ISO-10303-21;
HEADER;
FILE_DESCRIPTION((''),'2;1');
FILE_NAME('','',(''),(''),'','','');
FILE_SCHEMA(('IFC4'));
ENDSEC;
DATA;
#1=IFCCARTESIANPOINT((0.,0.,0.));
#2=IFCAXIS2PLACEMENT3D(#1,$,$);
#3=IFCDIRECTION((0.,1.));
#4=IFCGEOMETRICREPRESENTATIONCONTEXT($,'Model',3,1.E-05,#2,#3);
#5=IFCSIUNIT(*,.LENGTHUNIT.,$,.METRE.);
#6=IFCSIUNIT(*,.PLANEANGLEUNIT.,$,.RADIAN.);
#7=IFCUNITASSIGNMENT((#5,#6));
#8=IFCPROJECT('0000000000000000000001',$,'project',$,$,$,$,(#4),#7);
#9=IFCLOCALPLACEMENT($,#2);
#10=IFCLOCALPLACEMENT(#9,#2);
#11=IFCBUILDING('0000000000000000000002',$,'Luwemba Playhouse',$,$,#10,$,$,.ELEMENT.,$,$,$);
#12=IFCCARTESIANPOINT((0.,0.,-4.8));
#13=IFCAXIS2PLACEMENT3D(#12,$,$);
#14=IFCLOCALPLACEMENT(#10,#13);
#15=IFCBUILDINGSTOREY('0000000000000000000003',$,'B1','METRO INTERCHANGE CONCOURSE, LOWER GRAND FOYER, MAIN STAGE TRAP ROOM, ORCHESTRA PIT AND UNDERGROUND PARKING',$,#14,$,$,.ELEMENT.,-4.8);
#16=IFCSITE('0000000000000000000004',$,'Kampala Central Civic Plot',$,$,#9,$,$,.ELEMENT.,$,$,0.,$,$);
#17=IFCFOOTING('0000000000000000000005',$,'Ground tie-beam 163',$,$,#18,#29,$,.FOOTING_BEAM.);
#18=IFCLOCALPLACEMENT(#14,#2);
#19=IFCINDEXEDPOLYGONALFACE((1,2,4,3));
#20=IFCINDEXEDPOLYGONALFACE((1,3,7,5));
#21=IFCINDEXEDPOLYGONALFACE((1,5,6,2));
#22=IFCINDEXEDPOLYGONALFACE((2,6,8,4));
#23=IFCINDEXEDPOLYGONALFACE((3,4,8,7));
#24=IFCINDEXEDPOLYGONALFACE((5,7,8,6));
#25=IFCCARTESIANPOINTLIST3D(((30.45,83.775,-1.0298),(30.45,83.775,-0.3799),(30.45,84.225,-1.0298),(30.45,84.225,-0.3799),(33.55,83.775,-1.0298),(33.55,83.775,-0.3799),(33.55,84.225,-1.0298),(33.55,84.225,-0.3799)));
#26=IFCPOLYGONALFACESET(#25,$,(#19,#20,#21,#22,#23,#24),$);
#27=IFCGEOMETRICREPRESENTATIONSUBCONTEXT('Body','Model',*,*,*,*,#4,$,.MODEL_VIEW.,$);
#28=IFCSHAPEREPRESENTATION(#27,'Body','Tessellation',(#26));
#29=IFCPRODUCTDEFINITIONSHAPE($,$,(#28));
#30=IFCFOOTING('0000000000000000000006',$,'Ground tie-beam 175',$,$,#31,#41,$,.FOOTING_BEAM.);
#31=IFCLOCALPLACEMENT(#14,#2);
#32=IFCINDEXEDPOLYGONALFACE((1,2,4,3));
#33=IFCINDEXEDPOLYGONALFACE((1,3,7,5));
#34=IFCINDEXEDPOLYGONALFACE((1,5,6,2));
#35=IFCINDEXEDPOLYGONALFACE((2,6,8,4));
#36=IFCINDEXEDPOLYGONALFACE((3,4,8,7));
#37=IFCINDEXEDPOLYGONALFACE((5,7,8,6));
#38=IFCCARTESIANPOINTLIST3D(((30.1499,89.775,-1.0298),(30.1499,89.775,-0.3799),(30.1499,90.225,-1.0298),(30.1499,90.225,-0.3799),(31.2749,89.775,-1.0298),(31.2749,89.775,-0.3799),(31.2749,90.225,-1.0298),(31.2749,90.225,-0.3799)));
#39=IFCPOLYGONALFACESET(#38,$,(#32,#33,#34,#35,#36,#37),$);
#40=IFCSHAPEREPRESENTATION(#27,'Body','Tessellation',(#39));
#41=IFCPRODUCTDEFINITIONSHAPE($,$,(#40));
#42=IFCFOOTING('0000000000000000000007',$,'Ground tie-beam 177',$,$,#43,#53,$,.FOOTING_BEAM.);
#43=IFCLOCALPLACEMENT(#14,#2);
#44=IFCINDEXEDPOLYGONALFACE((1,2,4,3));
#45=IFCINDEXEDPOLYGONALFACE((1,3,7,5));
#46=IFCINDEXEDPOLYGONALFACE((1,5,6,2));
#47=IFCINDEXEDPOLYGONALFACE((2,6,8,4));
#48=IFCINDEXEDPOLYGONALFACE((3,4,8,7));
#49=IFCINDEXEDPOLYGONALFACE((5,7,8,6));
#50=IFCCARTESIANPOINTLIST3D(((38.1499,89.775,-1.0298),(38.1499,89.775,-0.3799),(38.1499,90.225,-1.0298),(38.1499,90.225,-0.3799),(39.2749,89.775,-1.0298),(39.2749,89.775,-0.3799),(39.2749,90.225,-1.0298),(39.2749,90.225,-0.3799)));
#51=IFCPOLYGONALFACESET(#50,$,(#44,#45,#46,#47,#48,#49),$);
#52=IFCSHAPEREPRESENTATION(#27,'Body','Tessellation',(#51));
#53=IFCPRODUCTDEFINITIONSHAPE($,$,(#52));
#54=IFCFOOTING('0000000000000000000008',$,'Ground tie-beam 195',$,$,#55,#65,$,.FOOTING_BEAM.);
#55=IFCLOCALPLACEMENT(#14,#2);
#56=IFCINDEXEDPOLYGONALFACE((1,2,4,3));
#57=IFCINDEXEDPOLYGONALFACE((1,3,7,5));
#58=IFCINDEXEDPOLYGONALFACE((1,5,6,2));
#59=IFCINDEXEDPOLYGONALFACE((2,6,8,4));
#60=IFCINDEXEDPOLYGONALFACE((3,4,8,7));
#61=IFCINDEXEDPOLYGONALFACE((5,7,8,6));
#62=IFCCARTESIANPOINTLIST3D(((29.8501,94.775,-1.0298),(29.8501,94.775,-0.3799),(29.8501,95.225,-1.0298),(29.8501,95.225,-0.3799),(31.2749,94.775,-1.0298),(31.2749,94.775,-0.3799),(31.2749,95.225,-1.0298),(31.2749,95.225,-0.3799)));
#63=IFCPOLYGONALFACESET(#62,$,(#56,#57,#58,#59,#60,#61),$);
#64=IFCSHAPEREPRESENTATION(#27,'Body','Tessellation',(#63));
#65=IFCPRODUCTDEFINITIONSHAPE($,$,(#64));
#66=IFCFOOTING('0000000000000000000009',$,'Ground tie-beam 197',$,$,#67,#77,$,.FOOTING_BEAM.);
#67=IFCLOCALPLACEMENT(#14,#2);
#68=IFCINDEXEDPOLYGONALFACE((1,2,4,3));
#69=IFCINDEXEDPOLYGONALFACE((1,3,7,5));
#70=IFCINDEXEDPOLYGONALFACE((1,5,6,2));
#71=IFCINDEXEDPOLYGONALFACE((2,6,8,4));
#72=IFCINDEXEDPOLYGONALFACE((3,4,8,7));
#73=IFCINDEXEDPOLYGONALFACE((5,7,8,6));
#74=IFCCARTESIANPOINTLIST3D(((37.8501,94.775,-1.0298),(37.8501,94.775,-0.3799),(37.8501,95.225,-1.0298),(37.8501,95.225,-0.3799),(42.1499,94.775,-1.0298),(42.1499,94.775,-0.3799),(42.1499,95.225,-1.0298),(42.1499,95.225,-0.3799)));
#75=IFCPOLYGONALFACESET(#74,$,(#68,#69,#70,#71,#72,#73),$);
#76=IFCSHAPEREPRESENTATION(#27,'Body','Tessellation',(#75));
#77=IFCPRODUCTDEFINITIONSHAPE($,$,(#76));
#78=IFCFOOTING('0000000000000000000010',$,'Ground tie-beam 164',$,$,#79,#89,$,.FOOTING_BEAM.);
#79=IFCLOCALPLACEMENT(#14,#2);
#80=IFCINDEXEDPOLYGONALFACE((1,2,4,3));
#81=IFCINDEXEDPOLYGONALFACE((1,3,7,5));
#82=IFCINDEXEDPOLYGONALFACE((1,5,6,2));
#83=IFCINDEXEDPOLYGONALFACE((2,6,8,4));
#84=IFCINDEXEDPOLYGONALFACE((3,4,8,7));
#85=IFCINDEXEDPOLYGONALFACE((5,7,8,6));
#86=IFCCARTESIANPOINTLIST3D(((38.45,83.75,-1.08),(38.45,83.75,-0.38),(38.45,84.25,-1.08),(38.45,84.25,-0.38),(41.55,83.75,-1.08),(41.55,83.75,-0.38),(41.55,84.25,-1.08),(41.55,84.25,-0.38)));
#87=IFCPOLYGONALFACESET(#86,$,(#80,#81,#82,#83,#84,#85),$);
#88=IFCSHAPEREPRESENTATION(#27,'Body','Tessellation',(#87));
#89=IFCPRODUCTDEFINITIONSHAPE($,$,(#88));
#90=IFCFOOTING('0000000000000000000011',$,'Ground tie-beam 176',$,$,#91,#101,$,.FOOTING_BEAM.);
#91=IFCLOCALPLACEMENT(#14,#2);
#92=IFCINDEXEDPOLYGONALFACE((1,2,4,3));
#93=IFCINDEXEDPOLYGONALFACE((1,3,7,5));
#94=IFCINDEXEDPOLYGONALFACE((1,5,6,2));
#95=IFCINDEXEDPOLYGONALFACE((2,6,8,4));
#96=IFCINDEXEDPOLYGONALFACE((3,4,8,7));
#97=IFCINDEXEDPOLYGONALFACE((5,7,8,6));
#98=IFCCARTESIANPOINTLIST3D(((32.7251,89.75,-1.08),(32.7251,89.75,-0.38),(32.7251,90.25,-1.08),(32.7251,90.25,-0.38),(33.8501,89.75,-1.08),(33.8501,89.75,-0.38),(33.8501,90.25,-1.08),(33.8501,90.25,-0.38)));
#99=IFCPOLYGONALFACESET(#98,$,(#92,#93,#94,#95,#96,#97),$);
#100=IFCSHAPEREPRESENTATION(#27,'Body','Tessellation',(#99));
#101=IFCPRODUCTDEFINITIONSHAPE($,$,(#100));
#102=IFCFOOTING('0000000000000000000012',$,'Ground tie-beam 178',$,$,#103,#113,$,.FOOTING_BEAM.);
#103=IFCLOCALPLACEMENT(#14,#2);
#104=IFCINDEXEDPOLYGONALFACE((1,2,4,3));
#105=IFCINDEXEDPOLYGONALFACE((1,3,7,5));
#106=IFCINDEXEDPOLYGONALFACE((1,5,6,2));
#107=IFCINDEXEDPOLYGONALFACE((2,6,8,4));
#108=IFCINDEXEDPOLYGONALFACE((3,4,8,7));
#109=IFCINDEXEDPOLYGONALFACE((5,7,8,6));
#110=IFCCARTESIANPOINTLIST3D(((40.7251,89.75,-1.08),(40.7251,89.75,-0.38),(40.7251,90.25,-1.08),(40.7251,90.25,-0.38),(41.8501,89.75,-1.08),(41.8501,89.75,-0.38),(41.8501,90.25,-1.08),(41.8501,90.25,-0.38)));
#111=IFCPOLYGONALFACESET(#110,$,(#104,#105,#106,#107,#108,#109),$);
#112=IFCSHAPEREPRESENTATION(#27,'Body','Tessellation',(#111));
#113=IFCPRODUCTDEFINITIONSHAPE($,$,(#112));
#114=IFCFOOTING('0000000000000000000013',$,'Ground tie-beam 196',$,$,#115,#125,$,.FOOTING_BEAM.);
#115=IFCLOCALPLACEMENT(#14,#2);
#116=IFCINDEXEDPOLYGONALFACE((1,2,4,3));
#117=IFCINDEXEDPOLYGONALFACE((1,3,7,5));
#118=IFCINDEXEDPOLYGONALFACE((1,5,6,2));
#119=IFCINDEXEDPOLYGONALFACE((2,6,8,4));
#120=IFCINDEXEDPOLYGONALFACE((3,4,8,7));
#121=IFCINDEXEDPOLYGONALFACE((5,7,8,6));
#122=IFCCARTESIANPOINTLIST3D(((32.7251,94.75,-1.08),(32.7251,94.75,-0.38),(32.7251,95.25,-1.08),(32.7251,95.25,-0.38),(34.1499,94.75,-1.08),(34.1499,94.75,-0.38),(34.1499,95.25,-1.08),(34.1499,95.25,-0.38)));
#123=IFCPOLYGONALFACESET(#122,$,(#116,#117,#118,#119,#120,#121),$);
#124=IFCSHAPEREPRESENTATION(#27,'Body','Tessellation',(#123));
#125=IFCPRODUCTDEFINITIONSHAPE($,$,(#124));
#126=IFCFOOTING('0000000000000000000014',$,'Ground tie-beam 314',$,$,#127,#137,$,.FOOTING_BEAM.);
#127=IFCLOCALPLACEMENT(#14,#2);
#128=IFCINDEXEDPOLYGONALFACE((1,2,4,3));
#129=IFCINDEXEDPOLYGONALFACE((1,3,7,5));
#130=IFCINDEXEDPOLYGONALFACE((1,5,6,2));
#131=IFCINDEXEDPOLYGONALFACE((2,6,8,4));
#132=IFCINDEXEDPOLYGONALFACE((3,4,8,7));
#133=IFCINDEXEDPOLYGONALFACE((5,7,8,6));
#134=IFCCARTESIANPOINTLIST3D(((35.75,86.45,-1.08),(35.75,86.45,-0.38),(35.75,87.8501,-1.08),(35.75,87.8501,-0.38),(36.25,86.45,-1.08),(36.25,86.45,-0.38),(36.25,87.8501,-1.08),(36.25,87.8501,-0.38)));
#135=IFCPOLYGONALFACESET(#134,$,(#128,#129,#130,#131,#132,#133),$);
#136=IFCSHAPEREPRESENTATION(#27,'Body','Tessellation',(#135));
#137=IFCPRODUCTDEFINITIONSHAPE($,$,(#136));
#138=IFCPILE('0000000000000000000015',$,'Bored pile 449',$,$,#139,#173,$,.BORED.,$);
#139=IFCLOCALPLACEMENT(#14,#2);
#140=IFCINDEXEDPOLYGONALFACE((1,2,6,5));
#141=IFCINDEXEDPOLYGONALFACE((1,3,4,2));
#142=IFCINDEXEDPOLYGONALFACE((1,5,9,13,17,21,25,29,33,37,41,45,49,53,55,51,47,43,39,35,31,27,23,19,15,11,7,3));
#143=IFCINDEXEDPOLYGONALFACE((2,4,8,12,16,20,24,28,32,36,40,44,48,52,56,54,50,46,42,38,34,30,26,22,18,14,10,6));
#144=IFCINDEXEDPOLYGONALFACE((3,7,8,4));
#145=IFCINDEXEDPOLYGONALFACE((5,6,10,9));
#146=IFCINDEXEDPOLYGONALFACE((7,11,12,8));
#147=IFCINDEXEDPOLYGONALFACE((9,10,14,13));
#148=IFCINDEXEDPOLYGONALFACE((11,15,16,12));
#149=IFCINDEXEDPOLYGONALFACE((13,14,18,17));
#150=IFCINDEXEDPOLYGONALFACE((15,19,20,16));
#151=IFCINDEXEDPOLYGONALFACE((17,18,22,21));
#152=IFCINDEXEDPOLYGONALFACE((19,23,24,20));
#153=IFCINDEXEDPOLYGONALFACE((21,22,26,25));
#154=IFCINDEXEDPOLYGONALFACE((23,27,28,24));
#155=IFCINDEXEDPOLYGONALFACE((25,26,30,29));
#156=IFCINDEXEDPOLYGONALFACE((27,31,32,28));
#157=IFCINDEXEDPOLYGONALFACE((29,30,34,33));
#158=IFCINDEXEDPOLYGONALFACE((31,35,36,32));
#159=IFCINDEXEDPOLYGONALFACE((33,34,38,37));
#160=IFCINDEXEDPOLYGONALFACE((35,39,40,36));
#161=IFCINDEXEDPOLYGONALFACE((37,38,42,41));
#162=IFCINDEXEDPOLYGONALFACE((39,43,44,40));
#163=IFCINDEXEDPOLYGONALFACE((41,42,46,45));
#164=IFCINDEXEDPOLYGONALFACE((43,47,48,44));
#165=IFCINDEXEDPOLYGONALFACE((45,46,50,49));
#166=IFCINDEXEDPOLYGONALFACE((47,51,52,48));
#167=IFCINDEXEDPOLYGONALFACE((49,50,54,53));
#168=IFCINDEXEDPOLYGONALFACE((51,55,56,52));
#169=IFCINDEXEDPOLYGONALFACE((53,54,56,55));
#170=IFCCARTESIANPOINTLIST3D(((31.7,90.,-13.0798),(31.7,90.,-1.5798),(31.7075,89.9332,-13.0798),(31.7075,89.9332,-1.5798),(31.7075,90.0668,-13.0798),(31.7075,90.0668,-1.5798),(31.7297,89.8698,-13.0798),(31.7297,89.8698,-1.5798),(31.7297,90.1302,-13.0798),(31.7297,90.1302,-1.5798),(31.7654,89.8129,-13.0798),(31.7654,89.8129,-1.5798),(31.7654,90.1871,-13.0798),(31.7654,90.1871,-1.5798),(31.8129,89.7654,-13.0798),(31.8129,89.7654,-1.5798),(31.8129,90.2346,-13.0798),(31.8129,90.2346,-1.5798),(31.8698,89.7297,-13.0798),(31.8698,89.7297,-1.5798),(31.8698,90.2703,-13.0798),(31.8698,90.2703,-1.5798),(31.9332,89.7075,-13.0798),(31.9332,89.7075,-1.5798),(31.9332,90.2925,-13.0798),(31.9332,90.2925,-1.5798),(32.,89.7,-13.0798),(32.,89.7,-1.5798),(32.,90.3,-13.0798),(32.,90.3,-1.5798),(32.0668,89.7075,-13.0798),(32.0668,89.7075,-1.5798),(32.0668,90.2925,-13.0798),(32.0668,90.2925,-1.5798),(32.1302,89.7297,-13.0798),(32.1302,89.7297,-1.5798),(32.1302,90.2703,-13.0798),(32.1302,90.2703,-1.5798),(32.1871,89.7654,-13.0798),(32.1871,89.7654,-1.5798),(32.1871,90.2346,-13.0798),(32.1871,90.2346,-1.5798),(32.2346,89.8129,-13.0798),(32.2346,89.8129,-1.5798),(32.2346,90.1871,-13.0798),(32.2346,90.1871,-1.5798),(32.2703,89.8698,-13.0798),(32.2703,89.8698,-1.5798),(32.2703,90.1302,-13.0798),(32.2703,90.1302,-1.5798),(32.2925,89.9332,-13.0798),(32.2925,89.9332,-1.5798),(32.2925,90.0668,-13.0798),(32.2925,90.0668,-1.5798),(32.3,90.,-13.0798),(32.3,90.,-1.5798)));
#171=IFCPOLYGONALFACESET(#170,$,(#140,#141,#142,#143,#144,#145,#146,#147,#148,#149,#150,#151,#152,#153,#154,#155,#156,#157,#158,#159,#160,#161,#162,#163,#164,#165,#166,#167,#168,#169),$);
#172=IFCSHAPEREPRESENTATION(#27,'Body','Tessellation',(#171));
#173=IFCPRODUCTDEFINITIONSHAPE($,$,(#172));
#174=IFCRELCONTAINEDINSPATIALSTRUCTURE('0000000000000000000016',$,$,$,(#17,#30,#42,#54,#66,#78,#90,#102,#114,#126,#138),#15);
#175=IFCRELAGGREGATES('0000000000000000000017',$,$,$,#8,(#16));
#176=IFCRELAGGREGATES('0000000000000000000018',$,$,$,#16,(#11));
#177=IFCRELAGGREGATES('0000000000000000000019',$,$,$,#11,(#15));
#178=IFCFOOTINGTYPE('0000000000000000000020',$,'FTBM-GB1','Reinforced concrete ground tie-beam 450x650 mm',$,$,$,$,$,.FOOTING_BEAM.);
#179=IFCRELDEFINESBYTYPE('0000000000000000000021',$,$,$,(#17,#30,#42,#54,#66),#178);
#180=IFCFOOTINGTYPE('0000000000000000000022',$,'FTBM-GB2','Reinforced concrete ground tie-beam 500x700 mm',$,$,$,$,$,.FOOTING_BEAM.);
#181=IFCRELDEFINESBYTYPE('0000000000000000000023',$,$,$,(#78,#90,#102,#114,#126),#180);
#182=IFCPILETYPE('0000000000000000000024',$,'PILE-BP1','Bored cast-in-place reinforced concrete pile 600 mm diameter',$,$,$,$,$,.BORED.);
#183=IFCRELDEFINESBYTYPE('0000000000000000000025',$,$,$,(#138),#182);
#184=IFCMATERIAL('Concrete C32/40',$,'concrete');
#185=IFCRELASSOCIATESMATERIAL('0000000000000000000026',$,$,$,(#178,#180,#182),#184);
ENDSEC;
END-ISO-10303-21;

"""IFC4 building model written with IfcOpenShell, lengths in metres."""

from ifc_helpers import new_model, si_unit, direction, frame, origin, origin_2d, place, context, subcontext, project, spatial, rectangle, circle, extrude, material, material_profile, profile_set, type_object, element, save


model = new_model("IFC4")

# Units and contexts
model_context = context("Model", 3, precision=1e-05, world=origin(), true_north=direction((0.0, 1.0)))
body_context = subcontext(model_context, "Body", "Model", "MODEL_VIEW")
ifc_project = project(units=[si_unit("LENGTHUNIT", "METRE"), si_unit("PLANEANGLEUNIT", "RADIAN")], contexts=[model_context])

# Site, building, storey
site_placement = place(None, origin())
site = spatial("IfcSite", under=ifc_project, at=site_placement, Name="Kampala Central Civic Plot", CompositionType="ELEMENT", RefElevation=0.0)
building_placement = place(site_placement, origin())
building = spatial("IfcBuilding", under=site, at=building_placement, Name="Luwemba Playhouse", CompositionType="ELEMENT")
storey_placement = place(building_placement, frame((0.0, 0.0, -4.8)))
storey = spatial("IfcBuildingStorey", under=building, at=storey_placement, Name="B1", Description="METRO INTERCHANGE CONCOURSE, LOWER GRAND FOYER, MAIN STAGE TRAP ROOM, ORCHESTRA PIT AND UNDERGROUND PARKING", CompositionType="ELEMENT", Elevation=-4.8)

# Footings
ifc_material_1 = material(Name="Concrete C32/40", Category="concrete")
ifc_material_profile_1 = material_profile(ifc_material_1, rectangle(XDim=0.45, YDim=0.6499, at=origin_2d()))
ifc_profile_set_1 = profile_set([ifc_material_profile_1], Name="Concrete C32/40")
footing_type_1 = type_object("IfcFootingType", Name="FTBM-GB1", Description="Reinforced concrete ground tie-beam 450x650 mm", PredefinedType="FOOTING_BEAM", material=ifc_profile_set_1)
footing_1_placement = place(storey_placement, frame((30.45, 84.0, -0.7048), z_axis=(1.0, 0.0, 0.0), x_axis=(0.0, 1.0, 0.0)))
element("IfcFooting", 1, at=footing_1_placement, inside=storey, type_object=footing_type_1, Name="Ground tie-beam 163", PredefinedType="FOOTING_BEAM", context=body_context, shape_type="SweptSolid", body=[
    extrude(rectangle(XDim=0.45, YDim=0.6499, at=origin_2d()), origin(), (0.0, 0.0, 1.0), 3.1001),
])
for number, where, z_axis, x_axis, name in (
    (2, (30.1499, 90.0, -0.7048), (1.0, 0.0, 0.0), (0.0, 1.0, 0.0), "Ground tie-beam 175"),
    (3, (38.1499, 90.0, -0.7048), (1.0, 0.0, 0.0), (0.0, 1.0, 0.0), "Ground tie-beam 177"),
):
    element("IfcFooting", number, at=place(storey_placement, frame(where, z_axis=z_axis, x_axis=x_axis)), inside=storey, type_object=footing_type_1, Name=name, PredefinedType="FOOTING_BEAM", context=body_context, shape_type="SweptSolid", body=[
        extrude(rectangle(XDim=0.45, YDim=0.6499, at=origin_2d()), origin(), (0.0, 0.0, 1.0), 1.125),
    ])
footing_2_placement = place(storey_placement, frame((29.8501, 95.0, -0.7048), z_axis=(1.0, 0.0, 0.0), x_axis=(0.0, 1.0, 0.0)))
element("IfcFooting", 4, at=footing_2_placement, inside=storey, type_object=footing_type_1, Name="Ground tie-beam 195", PredefinedType="FOOTING_BEAM", context=body_context, shape_type="SweptSolid", body=[
    extrude(rectangle(XDim=0.45, YDim=0.6499, at=origin_2d()), origin(), (0.0, 0.0, 1.0), 1.4248),
])
footing_3_placement = place(storey_placement, frame((37.8501, 95.0, -0.7048), z_axis=(1.0, 0.0, 0.0), x_axis=(0.0, 1.0, 0.0)))
element("IfcFooting", 5, at=footing_3_placement, inside=storey, type_object=footing_type_1, Name="Ground tie-beam 197", PredefinedType="FOOTING_BEAM", context=body_context, shape_type="SweptSolid", body=[
    extrude(rectangle(XDim=0.45, YDim=0.6499, at=origin_2d()), origin(), (0.0, 0.0, 1.0), 4.2998),
])
ifc_material_profile_2 = material_profile(ifc_material_1, rectangle(XDim=0.5, YDim=0.7, at=origin_2d()))
ifc_profile_set_2 = profile_set([ifc_material_profile_2], Name="Concrete C32/40")
footing_type_2 = type_object("IfcFootingType", Name="FTBM-GB2", Description="Reinforced concrete ground tie-beam 500x700 mm", PredefinedType="FOOTING_BEAM", material=ifc_profile_set_2)
footing_4_placement = place(storey_placement, frame((38.45, 84.0, -0.73), z_axis=(1.0, 0.0, 0.0), x_axis=(0.0, 1.0, 0.0)))
element("IfcFooting", 6, at=footing_4_placement, inside=storey, type_object=footing_type_2, Name="Ground tie-beam 164", PredefinedType="FOOTING_BEAM", context=body_context, shape_type="SweptSolid", body=[
    extrude(rectangle(XDim=0.5, YDim=0.7, at=origin_2d()), origin(), (0.0, 0.0, 1.0), 3.1001),
])
for number, where, z_axis, x_axis, name in (
    (7, (32.7251, 90.0, -0.73), (1.0, 0.0, 0.0), (0.0, 1.0, 0.0), "Ground tie-beam 176"),
    (8, (40.7251, 90.0, -0.73), (1.0, 0.0, 0.0), (0.0, 1.0, 0.0), "Ground tie-beam 178"),
):
    element("IfcFooting", number, at=place(storey_placement, frame(where, z_axis=z_axis, x_axis=x_axis)), inside=storey, type_object=footing_type_2, Name=name, PredefinedType="FOOTING_BEAM", context=body_context, shape_type="SweptSolid", body=[
        extrude(rectangle(XDim=0.5, YDim=0.7, at=origin_2d()), origin(), (0.0, 0.0, 1.0), 1.125),
    ])
footing_5_placement = place(storey_placement, frame((32.7251, 95.0, -0.73), z_axis=(1.0, 0.0, 0.0), x_axis=(0.0, 1.0, 0.0)))
element("IfcFooting", 9, at=footing_5_placement, inside=storey, type_object=footing_type_2, Name="Ground tie-beam 196", PredefinedType="FOOTING_BEAM", context=body_context, shape_type="SweptSolid", body=[
    extrude(rectangle(XDim=0.5, YDim=0.7, at=origin_2d()), origin(), (0.0, 0.0, 1.0), 1.4248),
])
footing_6_placement = place(storey_placement, frame((36.0, 86.45, -0.73), z_axis=(0.0, 1.0, 0.0), x_axis=(-1.0, 0.0, 0.0)))
element("IfcFooting", 10, at=footing_6_placement, inside=storey, type_object=footing_type_2, Name="Ground tie-beam 314", PredefinedType="FOOTING_BEAM", context=body_context, shape_type="SweptSolid", body=[
    extrude(rectangle(XDim=0.5, YDim=0.7, at=origin_2d()), origin(), (0.0, 0.0, 1.0), 1.4001),
])

# Pile
ifc_material_profile_3 = material_profile(ifc_material_1, circle(Radius=0.3, at=origin_2d()))
ifc_profile_set_3 = profile_set([ifc_material_profile_3], Name="Concrete C32/40")
pile_type_1 = type_object("IfcPileType", Name="PILE-BP1", Description="Bored cast-in-place reinforced concrete pile 600 mm diameter", PredefinedType="BORED", material=ifc_profile_set_3)
for number, where, z_axis, x_axis, name in (
    (11, (32.0, 90.0, -1.5798), (0.0, 0.0, -1.0), (1.0, 0.0, 0.0), "Bored pile 449"),
):
    element("IfcPile", number, at=place(storey_placement, frame(where, z_axis=z_axis, x_axis=x_axis)), inside=storey, type_object=pile_type_1, Name=name, PredefinedType="BORED", context=body_context, shape_type="SweptSolid", body=[
        extrude(circle(Radius=0.3, at=origin_2d()), origin(), (0.0, 0.0, 1.0), 11.5),
    ])

save(model, "model.ifc")
